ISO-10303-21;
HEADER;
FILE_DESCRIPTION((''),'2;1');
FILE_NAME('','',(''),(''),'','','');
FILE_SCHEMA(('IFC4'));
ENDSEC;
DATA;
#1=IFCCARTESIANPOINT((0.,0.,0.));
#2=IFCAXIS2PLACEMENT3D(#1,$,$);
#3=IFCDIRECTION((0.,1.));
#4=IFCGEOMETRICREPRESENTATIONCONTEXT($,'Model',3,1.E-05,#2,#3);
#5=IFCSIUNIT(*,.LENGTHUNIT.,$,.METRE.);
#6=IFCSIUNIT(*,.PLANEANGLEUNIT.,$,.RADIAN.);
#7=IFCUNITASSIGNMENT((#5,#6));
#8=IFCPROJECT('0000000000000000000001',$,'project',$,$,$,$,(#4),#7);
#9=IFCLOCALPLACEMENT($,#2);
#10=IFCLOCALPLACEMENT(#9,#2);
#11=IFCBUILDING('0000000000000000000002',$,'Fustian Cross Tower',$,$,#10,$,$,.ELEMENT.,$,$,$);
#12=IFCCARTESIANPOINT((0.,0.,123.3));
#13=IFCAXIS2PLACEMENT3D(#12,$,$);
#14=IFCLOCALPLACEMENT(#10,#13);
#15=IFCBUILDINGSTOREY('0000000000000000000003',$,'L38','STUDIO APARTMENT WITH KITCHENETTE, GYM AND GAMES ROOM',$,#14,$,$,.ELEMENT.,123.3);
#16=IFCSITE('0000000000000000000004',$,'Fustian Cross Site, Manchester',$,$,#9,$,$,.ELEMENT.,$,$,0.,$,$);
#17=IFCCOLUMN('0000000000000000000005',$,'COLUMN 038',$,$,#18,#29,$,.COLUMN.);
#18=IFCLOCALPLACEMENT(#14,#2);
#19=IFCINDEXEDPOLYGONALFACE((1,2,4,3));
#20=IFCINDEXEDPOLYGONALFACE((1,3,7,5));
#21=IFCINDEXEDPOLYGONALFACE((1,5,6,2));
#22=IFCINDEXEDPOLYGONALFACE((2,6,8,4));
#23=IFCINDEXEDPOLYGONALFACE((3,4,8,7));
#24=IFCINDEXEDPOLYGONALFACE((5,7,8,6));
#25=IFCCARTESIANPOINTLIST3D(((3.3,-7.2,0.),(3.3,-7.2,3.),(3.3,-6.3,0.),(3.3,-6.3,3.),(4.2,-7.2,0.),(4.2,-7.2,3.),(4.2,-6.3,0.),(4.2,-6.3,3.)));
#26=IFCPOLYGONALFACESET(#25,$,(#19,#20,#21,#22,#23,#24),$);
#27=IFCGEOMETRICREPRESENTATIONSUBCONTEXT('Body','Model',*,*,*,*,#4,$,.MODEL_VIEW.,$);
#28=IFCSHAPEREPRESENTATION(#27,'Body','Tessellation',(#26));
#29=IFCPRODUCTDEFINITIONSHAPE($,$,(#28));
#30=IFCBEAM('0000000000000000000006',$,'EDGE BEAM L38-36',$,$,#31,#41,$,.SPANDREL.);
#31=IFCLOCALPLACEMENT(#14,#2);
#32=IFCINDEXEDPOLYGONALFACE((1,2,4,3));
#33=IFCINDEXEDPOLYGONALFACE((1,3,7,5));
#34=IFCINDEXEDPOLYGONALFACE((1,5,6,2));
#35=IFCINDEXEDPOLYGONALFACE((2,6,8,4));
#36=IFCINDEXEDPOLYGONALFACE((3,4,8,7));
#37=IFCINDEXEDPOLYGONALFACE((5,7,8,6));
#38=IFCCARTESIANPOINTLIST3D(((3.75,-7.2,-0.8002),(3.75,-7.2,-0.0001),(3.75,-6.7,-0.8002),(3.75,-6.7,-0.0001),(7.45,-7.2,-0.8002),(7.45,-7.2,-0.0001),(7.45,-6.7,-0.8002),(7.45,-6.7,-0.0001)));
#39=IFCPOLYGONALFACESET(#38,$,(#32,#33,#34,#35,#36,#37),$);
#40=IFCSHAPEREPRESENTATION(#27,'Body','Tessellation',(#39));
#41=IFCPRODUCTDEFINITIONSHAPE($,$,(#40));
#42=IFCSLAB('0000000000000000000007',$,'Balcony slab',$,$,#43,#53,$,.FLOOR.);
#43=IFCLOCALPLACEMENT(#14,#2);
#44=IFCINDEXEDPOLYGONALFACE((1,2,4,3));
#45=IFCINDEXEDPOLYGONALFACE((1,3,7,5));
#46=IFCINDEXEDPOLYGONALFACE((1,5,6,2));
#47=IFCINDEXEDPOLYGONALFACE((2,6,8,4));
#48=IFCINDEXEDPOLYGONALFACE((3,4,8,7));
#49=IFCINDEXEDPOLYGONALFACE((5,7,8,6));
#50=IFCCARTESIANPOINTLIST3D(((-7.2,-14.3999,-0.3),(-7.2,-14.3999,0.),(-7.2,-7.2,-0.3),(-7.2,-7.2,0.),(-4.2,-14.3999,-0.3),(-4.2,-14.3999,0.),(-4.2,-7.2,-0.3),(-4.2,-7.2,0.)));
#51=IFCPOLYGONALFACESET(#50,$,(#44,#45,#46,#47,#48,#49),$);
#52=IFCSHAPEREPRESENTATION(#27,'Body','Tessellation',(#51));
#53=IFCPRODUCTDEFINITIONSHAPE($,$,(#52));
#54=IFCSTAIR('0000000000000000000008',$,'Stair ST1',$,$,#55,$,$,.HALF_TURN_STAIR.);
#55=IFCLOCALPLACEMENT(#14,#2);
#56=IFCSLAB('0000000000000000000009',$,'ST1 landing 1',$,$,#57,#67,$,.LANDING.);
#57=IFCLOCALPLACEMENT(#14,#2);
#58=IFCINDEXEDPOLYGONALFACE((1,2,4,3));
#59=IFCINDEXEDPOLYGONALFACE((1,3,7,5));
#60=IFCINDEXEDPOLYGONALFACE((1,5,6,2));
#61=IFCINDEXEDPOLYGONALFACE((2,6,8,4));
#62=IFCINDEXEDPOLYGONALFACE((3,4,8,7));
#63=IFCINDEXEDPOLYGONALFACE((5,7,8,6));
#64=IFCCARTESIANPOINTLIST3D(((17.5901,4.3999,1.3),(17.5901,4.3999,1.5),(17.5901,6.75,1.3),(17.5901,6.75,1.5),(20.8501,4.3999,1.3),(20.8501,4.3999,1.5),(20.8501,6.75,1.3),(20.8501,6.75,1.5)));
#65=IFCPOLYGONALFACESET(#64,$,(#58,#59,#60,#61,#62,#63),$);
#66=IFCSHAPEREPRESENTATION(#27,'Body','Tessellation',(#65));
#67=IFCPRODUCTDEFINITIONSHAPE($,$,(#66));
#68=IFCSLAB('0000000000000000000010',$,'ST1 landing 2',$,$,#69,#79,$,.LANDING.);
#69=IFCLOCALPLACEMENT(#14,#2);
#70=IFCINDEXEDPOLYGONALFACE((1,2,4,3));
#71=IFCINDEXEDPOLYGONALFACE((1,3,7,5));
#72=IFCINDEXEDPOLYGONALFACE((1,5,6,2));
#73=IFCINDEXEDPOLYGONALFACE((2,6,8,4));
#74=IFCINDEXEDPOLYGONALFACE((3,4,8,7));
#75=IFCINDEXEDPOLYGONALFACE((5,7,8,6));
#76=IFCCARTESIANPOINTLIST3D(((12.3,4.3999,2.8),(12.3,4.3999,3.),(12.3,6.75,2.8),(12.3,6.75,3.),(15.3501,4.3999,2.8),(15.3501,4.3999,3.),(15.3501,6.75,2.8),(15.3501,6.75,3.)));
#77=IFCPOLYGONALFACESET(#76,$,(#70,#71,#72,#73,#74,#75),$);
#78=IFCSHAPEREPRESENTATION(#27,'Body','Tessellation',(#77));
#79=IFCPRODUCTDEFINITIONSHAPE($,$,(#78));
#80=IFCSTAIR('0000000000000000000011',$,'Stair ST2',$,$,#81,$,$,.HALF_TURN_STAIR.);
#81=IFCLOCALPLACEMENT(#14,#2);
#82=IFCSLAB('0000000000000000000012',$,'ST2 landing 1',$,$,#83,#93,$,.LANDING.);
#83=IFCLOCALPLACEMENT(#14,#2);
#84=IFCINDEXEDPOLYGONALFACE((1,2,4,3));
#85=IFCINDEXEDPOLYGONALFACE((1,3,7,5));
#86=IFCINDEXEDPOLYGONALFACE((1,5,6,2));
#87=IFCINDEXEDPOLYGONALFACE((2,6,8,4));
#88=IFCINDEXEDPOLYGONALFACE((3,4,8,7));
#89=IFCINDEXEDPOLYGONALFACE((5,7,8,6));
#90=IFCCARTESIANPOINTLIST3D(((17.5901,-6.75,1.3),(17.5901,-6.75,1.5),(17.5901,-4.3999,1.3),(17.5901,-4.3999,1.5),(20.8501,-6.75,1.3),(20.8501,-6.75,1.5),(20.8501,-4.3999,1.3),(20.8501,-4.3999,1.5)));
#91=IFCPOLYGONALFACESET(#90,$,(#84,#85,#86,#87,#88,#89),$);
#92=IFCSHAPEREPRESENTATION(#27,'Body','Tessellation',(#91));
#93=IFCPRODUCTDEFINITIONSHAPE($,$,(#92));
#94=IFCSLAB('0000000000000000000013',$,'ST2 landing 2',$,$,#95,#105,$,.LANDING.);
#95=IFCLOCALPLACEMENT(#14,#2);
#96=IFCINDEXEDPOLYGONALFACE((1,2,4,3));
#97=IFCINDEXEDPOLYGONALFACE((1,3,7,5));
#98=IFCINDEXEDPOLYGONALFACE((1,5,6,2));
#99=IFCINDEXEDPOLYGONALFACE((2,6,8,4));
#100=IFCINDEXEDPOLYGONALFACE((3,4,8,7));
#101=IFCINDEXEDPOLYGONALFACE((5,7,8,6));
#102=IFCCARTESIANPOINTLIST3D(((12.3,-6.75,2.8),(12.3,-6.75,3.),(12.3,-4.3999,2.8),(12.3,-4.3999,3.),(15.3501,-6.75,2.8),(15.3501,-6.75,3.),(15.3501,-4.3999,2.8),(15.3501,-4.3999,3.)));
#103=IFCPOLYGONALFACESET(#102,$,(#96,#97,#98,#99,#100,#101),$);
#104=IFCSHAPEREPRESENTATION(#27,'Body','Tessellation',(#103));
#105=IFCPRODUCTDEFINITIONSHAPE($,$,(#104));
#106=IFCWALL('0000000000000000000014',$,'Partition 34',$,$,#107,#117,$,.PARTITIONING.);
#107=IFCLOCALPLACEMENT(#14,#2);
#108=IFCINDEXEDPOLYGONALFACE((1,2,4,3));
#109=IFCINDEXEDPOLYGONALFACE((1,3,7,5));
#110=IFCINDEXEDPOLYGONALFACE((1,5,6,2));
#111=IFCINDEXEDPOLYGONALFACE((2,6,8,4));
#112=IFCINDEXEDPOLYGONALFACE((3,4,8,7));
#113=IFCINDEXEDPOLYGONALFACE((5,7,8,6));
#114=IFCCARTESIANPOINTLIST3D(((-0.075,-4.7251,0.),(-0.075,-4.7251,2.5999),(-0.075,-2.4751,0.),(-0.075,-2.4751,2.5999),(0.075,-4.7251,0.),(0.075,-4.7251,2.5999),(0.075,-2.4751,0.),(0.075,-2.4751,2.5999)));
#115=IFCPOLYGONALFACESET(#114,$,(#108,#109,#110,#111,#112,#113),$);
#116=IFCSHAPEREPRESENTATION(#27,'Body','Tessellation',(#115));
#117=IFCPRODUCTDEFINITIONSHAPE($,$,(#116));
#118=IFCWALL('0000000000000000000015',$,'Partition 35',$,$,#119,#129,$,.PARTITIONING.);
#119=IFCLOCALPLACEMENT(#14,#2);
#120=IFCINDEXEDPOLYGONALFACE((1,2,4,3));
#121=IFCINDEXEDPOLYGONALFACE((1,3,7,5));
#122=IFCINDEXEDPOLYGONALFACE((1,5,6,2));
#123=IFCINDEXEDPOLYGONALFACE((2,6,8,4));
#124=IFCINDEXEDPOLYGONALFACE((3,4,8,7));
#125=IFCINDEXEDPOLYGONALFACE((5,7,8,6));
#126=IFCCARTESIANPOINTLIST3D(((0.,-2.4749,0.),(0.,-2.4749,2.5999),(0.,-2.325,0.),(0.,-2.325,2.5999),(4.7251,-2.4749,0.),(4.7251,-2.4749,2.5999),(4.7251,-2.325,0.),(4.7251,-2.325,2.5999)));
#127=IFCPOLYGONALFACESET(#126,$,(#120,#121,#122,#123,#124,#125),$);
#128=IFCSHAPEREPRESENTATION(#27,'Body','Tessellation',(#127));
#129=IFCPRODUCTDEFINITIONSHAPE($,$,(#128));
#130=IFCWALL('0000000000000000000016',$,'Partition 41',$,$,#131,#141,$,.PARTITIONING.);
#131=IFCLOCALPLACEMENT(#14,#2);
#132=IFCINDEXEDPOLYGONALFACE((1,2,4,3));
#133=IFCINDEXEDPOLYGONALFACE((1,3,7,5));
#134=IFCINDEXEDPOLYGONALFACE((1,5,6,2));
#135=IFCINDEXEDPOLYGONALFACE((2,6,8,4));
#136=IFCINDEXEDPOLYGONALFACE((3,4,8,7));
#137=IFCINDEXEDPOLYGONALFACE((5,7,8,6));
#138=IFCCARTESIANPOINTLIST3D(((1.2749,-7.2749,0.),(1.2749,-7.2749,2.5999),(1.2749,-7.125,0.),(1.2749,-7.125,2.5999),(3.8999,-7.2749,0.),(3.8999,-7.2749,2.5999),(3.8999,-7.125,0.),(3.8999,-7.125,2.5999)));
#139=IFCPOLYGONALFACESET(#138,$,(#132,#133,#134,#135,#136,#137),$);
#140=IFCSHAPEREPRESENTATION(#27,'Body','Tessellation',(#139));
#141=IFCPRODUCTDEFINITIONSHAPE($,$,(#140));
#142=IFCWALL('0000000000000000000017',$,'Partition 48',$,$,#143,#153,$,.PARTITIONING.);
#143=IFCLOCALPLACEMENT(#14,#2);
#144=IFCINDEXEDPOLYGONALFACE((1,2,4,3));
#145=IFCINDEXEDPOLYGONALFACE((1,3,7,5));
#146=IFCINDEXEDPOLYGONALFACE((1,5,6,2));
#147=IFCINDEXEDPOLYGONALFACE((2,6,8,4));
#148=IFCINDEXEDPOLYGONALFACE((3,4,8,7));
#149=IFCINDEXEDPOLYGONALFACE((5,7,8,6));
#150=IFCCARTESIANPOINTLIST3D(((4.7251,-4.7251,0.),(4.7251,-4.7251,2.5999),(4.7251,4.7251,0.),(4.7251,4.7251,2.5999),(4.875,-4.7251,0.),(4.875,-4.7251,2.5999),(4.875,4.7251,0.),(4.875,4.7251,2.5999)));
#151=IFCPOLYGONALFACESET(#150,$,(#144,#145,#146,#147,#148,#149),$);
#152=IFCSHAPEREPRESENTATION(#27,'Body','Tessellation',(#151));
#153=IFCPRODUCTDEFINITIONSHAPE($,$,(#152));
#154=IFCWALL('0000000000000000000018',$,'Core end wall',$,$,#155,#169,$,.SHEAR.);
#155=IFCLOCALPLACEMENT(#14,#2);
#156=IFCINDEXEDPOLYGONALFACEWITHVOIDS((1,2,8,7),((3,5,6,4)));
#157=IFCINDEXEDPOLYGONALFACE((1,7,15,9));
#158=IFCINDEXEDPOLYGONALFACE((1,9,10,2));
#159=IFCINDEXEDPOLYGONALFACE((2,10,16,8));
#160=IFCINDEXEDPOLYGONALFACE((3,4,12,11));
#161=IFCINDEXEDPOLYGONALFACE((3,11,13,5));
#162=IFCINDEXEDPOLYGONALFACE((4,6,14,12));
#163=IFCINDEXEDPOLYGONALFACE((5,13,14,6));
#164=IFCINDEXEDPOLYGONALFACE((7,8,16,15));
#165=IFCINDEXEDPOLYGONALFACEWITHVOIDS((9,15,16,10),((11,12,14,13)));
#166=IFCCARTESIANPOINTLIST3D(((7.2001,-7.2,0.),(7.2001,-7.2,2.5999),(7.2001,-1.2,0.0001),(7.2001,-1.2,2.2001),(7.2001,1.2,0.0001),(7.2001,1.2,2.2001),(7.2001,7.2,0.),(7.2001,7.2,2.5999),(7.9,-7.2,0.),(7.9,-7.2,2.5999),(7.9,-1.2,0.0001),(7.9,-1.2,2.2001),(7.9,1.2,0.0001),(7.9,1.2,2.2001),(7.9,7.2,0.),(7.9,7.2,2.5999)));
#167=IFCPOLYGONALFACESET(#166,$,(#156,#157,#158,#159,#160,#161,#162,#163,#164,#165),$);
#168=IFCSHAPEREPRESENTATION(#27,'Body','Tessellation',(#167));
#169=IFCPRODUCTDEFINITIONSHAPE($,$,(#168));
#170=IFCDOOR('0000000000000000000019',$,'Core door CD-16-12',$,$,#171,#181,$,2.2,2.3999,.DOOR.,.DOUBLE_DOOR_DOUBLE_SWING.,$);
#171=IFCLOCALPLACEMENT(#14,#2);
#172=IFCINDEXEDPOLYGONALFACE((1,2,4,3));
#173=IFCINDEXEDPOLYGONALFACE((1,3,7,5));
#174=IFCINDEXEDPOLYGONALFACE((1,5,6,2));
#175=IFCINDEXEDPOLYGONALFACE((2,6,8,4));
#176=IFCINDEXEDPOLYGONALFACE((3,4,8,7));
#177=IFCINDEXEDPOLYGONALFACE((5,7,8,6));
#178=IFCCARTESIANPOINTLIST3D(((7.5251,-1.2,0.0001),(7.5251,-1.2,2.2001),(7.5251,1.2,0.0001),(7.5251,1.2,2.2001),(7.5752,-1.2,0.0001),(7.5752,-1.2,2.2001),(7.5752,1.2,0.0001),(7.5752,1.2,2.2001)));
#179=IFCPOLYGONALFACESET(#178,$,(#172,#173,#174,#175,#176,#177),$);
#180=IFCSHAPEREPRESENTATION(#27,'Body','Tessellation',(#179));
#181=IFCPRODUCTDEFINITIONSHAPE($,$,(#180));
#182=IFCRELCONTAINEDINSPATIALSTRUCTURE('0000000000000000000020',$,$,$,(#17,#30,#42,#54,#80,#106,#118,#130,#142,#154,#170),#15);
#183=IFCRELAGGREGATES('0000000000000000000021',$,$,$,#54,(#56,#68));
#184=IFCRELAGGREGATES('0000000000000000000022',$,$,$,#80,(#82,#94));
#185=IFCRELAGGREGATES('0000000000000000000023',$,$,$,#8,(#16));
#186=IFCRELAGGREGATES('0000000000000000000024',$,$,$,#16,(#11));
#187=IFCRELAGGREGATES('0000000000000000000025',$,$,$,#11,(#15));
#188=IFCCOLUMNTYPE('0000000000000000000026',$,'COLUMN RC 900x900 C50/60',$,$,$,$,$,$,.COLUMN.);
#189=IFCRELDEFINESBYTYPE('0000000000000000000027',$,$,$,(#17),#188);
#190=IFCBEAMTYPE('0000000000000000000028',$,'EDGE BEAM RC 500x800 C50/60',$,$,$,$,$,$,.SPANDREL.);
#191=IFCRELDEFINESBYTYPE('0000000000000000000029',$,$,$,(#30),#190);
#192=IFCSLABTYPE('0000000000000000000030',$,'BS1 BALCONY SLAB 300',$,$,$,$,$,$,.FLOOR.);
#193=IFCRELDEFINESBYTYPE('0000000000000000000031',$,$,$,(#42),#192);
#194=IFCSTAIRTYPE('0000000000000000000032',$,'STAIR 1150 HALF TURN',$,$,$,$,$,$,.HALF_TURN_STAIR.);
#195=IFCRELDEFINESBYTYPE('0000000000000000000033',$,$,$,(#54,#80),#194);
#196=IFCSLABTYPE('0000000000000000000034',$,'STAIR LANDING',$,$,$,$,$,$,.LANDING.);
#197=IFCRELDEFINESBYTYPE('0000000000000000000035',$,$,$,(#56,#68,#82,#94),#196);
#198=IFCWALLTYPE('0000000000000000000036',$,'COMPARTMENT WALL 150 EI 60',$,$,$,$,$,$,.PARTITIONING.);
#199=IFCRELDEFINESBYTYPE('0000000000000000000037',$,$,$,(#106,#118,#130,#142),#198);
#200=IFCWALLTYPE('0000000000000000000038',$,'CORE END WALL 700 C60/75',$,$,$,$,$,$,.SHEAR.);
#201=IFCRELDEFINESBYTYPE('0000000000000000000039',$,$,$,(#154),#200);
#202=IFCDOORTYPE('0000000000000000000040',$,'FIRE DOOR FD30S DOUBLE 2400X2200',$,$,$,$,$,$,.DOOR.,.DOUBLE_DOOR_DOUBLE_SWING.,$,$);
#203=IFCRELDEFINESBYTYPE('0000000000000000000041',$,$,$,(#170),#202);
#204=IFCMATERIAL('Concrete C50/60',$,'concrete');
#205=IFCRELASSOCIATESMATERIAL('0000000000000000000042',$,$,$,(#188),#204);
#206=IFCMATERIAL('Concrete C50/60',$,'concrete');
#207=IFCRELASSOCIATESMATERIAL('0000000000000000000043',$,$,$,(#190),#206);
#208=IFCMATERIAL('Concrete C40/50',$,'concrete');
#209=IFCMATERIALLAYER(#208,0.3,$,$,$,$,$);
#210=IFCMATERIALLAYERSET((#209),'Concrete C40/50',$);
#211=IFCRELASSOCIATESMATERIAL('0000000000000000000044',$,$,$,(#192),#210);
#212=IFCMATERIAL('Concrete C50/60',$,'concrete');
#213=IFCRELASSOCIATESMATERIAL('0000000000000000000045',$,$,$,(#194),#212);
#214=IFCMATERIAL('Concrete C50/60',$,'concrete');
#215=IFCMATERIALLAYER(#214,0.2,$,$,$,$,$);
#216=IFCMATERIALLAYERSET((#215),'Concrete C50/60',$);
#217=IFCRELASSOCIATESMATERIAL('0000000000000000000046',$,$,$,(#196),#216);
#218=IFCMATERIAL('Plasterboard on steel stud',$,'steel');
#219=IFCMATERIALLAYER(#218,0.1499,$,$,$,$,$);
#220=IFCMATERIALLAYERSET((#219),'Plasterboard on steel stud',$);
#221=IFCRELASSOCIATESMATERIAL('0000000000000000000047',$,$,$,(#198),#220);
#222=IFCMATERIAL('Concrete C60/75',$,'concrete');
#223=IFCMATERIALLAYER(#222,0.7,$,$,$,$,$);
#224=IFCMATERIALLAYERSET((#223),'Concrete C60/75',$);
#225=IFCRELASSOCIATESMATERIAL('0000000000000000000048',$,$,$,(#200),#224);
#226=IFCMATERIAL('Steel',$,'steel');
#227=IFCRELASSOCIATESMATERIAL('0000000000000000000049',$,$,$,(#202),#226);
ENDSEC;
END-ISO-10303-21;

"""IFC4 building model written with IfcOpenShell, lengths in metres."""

from ifc_helpers import new_model, si_unit, direction, frame, frame_2d, origin, origin_2d, place, context, subcontext, project, spatial, polyline, rectangle, outline, extrude, material, layer, layer_set, material_profile, profile_set, type_object, element, fill, aggregate, save


model = new_model("IFC4")

# Units and contexts
model_context = context("Model", 3, precision=1e-05, world=origin(), true_north=direction((0.0, 1.0)))
body_context = subcontext(model_context, "Body", "Model", "MODEL_VIEW")
ifc_project = project(units=[si_unit("LENGTHUNIT", "METRE"), si_unit("PLANEANGLEUNIT", "RADIAN")], contexts=[model_context])

# Site, building, storey
site_placement = place(None, origin())
site = spatial("IfcSite", under=ifc_project, at=site_placement, Name="Fustian Cross Site, Manchester", CompositionType="ELEMENT", RefElevation=0.0)
building_placement = place(site_placement, origin())
building = spatial("IfcBuilding", under=site, at=building_placement, Name="Fustian Cross Tower", CompositionType="ELEMENT")
storey_placement = place(building_placement, frame((0.0, 0.0, 123.3)))
storey = spatial("IfcBuildingStorey", under=building, at=storey_placement, Name="L38", Description="STUDIO APARTMENT WITH KITCHENETTE, GYM AND GAMES ROOM", CompositionType="ELEMENT", Elevation=123.3)

# Column
ifc_material_1 = material(Name="Concrete C50/60", Category="concrete")
ifc_material_profile_1 = material_profile(ifc_material_1, rectangle(XDim=0.8999, YDim=0.8999, at=origin_2d()), Name="RC 900x900")
ifc_profile_set_1 = profile_set([ifc_material_profile_1], Name="Concrete C50/60")
column_type = type_object("IfcColumnType", Name="COLUMN RC 900x900 C50/60", PredefinedType="COLUMN", material=ifc_profile_set_1)
column_placement = place(storey_placement, frame((3.75, -6.75, 0.0), z_axis=(0.0, 0.0, 1.0), x_axis=(1.0, 0.0, 0.0)))
element("IfcColumn", 1, at=column_placement, inside=storey, type_object=column_type, Name="COLUMN 038", PredefinedType="COLUMN", context=body_context, shape_type="SweptSolid", body=[
    extrude(rectangle(XDim=0.8999, YDim=0.8999, at=origin_2d()), origin(), (0.0, 0.0, 1.0), 3.0),
])

# Beam
ifc_material_2 = material(Name="Concrete C50/60", Category="concrete")
ifc_material_profile_2 = material_profile(ifc_material_2, rectangle(XDim=0.5, YDim=0.8, at=origin_2d()), Name="RC 500x800")
ifc_profile_set_2 = profile_set([ifc_material_profile_2], Name="Concrete C50/60")
beam_type = type_object("IfcBeamType", Name="EDGE BEAM RC 500x800 C50/60", PredefinedType="SPANDREL", material=ifc_profile_set_2)
beam_placement = place(storey_placement, frame((3.75, -6.95, -0.4001), z_axis=(1.0, 0.0, 0.0), x_axis=(0.0, 1.0, 0.0)))
element("IfcBeam", 2, at=beam_placement, inside=storey, type_object=beam_type, Name="EDGE BEAM L38-36", PredefinedType="SPANDREL", context=body_context, shape_type="SweptSolid", body=[
    extrude(rectangle(XDim=0.5, YDim=0.8, at=origin_2d()), origin(), (0.0, 0.0, 1.0), 3.7),
])

# Slab
ifc_material_3 = material(Name="Concrete C40/50", Category="concrete")
ifc_layer_1 = layer(ifc_material_3, 0.3)
ifc_layer_set_1 = layer_set([ifc_layer_1], Name="Concrete C40/50")
slab_type_1 = type_object("IfcSlabType", Name="BS1 BALCONY SLAB 300", PredefinedType="FLOOR", material=ifc_layer_set_1)
slab_1_placement = place(storey_placement, frame((0.0, 0.0, -0.3)))
element("IfcSlab", 3, at=slab_1_placement, inside=storey, type_object=slab_type_1, Name="Balcony slab", PredefinedType="FLOOR", context=body_context, shape_type="SweptSolid", body=[
    extrude(outline(polyline([(-7.2, -14.3999), (-4.2, -14.3999), (-4.2, -7.2), (-7.2, -7.2), (-7.2, -14.3999)])), origin(), (0.0, 0.0, 1.0), 0.3),
])

# Stairs, slabs
ifc_material_4 = material(Name="Concrete C50/60", Category="concrete")
stair_type = type_object("IfcStairType", Name="STAIR 1150 HALF TURN", PredefinedType="HALF_TURN_STAIR", material=ifc_material_4)
stair_1_placement = place(storey_placement, origin())
stair_1 = element("IfcStair", 4, at=stair_1_placement, inside=storey, type_object=stair_type, Name="Stair ST1", PredefinedType="HALF_TURN_STAIR")
ifc_material_5 = material(Name="Concrete C50/60", Category="concrete")
ifc_layer_2 = layer(ifc_material_5, 0.2)
ifc_layer_set_2 = layer_set([ifc_layer_2], Name="Concrete C50/60")
slab_type_2 = type_object("IfcSlabType", Name="STAIR LANDING", PredefinedType="LANDING", material=ifc_layer_set_2)
slab_2_placement = place(storey_placement, frame((0.0, 0.0, 1.3)))
slab_2 = element("IfcSlab", 5, at=slab_2_placement, type_object=slab_type_2, Name="ST1 landing 1", PredefinedType="LANDING", context=body_context, shape_type="SweptSolid", body=[
    extrude(outline(polyline([(17.5901, 4.3999), (20.8501, 4.3999), (20.8501, 6.75), (17.5901, 6.75), (17.5901, 4.3999)])), origin(), (0.0, 0.0, 1.0), 0.2),
])
slab_3_placement = place(storey_placement, frame((0.0, 0.0, 2.8)))
slab_3 = element("IfcSlab", 6, at=slab_3_placement, type_object=slab_type_2, Name="ST1 landing 2", PredefinedType="LANDING", context=body_context, shape_type="SweptSolid", body=[
    extrude(outline(polyline([(12.3, 4.3999), (15.3501, 4.3999), (15.3501, 6.75), (12.3, 6.75), (12.3, 4.3999)])), origin(), (0.0, 0.0, 1.0), 0.2),
])
aggregate(stair_1, [slab_2, slab_3])
stair_2_placement = place(storey_placement, origin())
stair_2 = element("IfcStair", 7, at=stair_2_placement, inside=storey, type_object=stair_type, Name="Stair ST2", PredefinedType="HALF_TURN_STAIR")
slab_4_placement = place(storey_placement, frame((0.0, 0.0, 1.3)))
slab_4 = element("IfcSlab", 8, at=slab_4_placement, type_object=slab_type_2, Name="ST2 landing 1", PredefinedType="LANDING", context=body_context, shape_type="SweptSolid", body=[
    extrude(outline(polyline([(17.5901, -4.3999), (20.8501, -4.3999), (20.8501, -6.75), (17.5901, -6.75), (17.5901, -4.3999)])), origin(), (0.0, 0.0, 1.0), 0.2),
])
slab_5_placement = place(storey_placement, frame((0.0, 0.0, 2.8)))
slab_5 = element("IfcSlab", 9, at=slab_5_placement, type_object=slab_type_2, Name="ST2 landing 2", PredefinedType="LANDING", context=body_context, shape_type="SweptSolid", body=[
    extrude(outline(polyline([(12.3, -4.3999), (15.3501, -4.3999), (15.3501, -6.75), (12.3, -6.75), (12.3, -4.3999)])), origin(), (0.0, 0.0, 1.0), 0.2),
])
aggregate(stair_2, [slab_4, slab_5])

# Walls
ifc_material_6 = material(Name="Plasterboard on steel stud", Category="steel")
ifc_layer_3 = layer(ifc_material_6, 0.1499)
ifc_layer_set_3 = layer_set([ifc_layer_3], Name="Plasterboard on steel stud")
wall_type_1 = type_object("IfcWallType", Name="COMPARTMENT WALL 150 EI 60", PredefinedType="PARTITIONING", material=ifc_layer_set_3)
wall_1_placement = place(storey_placement, frame((0.0, -4.7251, 0.0), z_axis=(0.0, 0.0, 1.0), x_axis=(0.0, 1.0, 0.0)))
element("IfcWall", 10, at=wall_1_placement, inside=storey, type_object=wall_type_1, Name="Partition 34", PredefinedType="PARTITIONING", context=body_context, shape_type="SweptSolid", body=[
    extrude(rectangle(XDim=2.25, YDim=0.1499, at=frame_2d((1.125, 0.0))), origin(), (0.0, 0.0, 1.0), 2.5999),
])
wall_2_placement = place(storey_placement, frame((0.0, -2.3999, 0.0), z_axis=(0.0, 0.0, 1.0), x_axis=(1.0, 0.0, 0.0)))
element("IfcWall", 11, at=wall_2_placement, inside=storey, type_object=wall_type_1, Name="Partition 35", PredefinedType="PARTITIONING", context=body_context, shape_type="SweptSolid", body=[
    extrude(rectangle(XDim=4.7251, YDim=0.1499, at=frame_2d((2.3625, 0.0))), origin(), (0.0, 0.0, 1.0), 2.5999),
])
wall_3_placement = place(storey_placement, frame((1.2749, -7.2, 0.0), z_axis=(0.0, 0.0, 1.0), x_axis=(1.0, 0.0, 0.0)))
element("IfcWall", 12, at=wall_3_placement, inside=storey, type_object=wall_type_1, Name="Partition 41", PredefinedType="PARTITIONING", context=body_context, shape_type="SweptSolid", body=[
    extrude(rectangle(XDim=2.625, YDim=0.1499, at=frame_2d((1.3125, 0.0))), origin(), (0.0, 0.0, 1.0), 2.5999),
])
wall_4_placement = place(storey_placement, frame((4.8, -4.7251, 0.0), z_axis=(0.0, 0.0, 1.0), x_axis=(0.0, 1.0, 0.0)))
element("IfcWall", 13, at=wall_4_placement, inside=storey, type_object=wall_type_1, Name="Partition 48", PredefinedType="PARTITIONING", context=body_context, shape_type="SweptSolid", body=[
    extrude(rectangle(XDim=9.4502, YDim=0.1499, at=frame_2d((4.7251, 0.0))), origin(), (0.0, 0.0, 1.0), 2.5999),
])

# Wall, opening, door
ifc_material_7 = material(Name="Concrete C60/75", Category="concrete")
ifc_layer_4 = layer(ifc_material_7, 0.7)
ifc_layer_set_4 = layer_set([ifc_layer_4], Name="Concrete C60/75")
wall_type_2 = type_object("IfcWallType", Name="CORE END WALL 700 C60/75", PredefinedType="SHEAR", material=ifc_layer_set_4)
wall_5_placement = place(storey_placement, frame((7.55, -7.2, 0.0), z_axis=(0.0, 0.0, 1.0), x_axis=(0.0, 1.0, 0.0)))
wall_5 = element("IfcWall", 14, at=wall_5_placement, inside=storey, type_object=wall_type_2, Name="Core end wall", PredefinedType="SHEAR", context=body_context, shape_type="SweptSolid", body=[
    extrude(rectangle(XDim=14.3999, YDim=0.7, at=frame_2d((7.2, 0.0))), origin(), (0.0, 0.0, 1.0), 2.5999),
])
opening_1_placement = place(wall_5_placement, frame((6.0, 0.0, 0.0)))
opening_1 = element("IfcOpeningElement", 15, at=opening_1_placement, cuts=wall_5, PredefinedType="OPENING", context=body_context, shape_type="SweptSolid", body=[
    extrude(rectangle(XDim=2.3999, YDim=2.2, at=frame_2d((1.2, 1.1001))), frame((0.0, 0.3599, 0.0), z_axis=(0.0, -1.0, 0.0), x_axis=(1.0, 0.0, 0.0)), (0.0, 0.0, 1.0), 0.72),
])
ifc_material_8 = material(Name="Steel", Category="steel")
door_type_1 = type_object("IfcDoorType", Name="FIRE DOOR FD30S DOUBLE 2400X2200", OperationType="DOUBLE_DOOR_DOUBLE_SWING", PredefinedType="DOOR", material=ifc_material_8)
door_1_placement = place(opening_1_placement, origin())
door_1 = element("IfcDoor", 16, at=door_1_placement, inside=storey, type_object=door_type_1, Name="Core door CD-16-12", OperationType="DOUBLE_DOOR_DOUBLE_SWING", OverallHeight=2.2, OverallWidth=2.3999, PredefinedType="DOOR", context=body_context, shape_type="SweptSolid", body=[
    extrude(rectangle(XDim=2.3999, YDim=2.2, at=frame_2d((1.2, 1.1001))), frame((0.0, 0.0249, 0.0), z_axis=(0.0, -1.0, 0.0), x_axis=(1.0, 0.0, 0.0)), (0.0, 0.0, 1.0), 0.05),
])
fill(opening_1, door_1)

save(model, "model.ifc")
